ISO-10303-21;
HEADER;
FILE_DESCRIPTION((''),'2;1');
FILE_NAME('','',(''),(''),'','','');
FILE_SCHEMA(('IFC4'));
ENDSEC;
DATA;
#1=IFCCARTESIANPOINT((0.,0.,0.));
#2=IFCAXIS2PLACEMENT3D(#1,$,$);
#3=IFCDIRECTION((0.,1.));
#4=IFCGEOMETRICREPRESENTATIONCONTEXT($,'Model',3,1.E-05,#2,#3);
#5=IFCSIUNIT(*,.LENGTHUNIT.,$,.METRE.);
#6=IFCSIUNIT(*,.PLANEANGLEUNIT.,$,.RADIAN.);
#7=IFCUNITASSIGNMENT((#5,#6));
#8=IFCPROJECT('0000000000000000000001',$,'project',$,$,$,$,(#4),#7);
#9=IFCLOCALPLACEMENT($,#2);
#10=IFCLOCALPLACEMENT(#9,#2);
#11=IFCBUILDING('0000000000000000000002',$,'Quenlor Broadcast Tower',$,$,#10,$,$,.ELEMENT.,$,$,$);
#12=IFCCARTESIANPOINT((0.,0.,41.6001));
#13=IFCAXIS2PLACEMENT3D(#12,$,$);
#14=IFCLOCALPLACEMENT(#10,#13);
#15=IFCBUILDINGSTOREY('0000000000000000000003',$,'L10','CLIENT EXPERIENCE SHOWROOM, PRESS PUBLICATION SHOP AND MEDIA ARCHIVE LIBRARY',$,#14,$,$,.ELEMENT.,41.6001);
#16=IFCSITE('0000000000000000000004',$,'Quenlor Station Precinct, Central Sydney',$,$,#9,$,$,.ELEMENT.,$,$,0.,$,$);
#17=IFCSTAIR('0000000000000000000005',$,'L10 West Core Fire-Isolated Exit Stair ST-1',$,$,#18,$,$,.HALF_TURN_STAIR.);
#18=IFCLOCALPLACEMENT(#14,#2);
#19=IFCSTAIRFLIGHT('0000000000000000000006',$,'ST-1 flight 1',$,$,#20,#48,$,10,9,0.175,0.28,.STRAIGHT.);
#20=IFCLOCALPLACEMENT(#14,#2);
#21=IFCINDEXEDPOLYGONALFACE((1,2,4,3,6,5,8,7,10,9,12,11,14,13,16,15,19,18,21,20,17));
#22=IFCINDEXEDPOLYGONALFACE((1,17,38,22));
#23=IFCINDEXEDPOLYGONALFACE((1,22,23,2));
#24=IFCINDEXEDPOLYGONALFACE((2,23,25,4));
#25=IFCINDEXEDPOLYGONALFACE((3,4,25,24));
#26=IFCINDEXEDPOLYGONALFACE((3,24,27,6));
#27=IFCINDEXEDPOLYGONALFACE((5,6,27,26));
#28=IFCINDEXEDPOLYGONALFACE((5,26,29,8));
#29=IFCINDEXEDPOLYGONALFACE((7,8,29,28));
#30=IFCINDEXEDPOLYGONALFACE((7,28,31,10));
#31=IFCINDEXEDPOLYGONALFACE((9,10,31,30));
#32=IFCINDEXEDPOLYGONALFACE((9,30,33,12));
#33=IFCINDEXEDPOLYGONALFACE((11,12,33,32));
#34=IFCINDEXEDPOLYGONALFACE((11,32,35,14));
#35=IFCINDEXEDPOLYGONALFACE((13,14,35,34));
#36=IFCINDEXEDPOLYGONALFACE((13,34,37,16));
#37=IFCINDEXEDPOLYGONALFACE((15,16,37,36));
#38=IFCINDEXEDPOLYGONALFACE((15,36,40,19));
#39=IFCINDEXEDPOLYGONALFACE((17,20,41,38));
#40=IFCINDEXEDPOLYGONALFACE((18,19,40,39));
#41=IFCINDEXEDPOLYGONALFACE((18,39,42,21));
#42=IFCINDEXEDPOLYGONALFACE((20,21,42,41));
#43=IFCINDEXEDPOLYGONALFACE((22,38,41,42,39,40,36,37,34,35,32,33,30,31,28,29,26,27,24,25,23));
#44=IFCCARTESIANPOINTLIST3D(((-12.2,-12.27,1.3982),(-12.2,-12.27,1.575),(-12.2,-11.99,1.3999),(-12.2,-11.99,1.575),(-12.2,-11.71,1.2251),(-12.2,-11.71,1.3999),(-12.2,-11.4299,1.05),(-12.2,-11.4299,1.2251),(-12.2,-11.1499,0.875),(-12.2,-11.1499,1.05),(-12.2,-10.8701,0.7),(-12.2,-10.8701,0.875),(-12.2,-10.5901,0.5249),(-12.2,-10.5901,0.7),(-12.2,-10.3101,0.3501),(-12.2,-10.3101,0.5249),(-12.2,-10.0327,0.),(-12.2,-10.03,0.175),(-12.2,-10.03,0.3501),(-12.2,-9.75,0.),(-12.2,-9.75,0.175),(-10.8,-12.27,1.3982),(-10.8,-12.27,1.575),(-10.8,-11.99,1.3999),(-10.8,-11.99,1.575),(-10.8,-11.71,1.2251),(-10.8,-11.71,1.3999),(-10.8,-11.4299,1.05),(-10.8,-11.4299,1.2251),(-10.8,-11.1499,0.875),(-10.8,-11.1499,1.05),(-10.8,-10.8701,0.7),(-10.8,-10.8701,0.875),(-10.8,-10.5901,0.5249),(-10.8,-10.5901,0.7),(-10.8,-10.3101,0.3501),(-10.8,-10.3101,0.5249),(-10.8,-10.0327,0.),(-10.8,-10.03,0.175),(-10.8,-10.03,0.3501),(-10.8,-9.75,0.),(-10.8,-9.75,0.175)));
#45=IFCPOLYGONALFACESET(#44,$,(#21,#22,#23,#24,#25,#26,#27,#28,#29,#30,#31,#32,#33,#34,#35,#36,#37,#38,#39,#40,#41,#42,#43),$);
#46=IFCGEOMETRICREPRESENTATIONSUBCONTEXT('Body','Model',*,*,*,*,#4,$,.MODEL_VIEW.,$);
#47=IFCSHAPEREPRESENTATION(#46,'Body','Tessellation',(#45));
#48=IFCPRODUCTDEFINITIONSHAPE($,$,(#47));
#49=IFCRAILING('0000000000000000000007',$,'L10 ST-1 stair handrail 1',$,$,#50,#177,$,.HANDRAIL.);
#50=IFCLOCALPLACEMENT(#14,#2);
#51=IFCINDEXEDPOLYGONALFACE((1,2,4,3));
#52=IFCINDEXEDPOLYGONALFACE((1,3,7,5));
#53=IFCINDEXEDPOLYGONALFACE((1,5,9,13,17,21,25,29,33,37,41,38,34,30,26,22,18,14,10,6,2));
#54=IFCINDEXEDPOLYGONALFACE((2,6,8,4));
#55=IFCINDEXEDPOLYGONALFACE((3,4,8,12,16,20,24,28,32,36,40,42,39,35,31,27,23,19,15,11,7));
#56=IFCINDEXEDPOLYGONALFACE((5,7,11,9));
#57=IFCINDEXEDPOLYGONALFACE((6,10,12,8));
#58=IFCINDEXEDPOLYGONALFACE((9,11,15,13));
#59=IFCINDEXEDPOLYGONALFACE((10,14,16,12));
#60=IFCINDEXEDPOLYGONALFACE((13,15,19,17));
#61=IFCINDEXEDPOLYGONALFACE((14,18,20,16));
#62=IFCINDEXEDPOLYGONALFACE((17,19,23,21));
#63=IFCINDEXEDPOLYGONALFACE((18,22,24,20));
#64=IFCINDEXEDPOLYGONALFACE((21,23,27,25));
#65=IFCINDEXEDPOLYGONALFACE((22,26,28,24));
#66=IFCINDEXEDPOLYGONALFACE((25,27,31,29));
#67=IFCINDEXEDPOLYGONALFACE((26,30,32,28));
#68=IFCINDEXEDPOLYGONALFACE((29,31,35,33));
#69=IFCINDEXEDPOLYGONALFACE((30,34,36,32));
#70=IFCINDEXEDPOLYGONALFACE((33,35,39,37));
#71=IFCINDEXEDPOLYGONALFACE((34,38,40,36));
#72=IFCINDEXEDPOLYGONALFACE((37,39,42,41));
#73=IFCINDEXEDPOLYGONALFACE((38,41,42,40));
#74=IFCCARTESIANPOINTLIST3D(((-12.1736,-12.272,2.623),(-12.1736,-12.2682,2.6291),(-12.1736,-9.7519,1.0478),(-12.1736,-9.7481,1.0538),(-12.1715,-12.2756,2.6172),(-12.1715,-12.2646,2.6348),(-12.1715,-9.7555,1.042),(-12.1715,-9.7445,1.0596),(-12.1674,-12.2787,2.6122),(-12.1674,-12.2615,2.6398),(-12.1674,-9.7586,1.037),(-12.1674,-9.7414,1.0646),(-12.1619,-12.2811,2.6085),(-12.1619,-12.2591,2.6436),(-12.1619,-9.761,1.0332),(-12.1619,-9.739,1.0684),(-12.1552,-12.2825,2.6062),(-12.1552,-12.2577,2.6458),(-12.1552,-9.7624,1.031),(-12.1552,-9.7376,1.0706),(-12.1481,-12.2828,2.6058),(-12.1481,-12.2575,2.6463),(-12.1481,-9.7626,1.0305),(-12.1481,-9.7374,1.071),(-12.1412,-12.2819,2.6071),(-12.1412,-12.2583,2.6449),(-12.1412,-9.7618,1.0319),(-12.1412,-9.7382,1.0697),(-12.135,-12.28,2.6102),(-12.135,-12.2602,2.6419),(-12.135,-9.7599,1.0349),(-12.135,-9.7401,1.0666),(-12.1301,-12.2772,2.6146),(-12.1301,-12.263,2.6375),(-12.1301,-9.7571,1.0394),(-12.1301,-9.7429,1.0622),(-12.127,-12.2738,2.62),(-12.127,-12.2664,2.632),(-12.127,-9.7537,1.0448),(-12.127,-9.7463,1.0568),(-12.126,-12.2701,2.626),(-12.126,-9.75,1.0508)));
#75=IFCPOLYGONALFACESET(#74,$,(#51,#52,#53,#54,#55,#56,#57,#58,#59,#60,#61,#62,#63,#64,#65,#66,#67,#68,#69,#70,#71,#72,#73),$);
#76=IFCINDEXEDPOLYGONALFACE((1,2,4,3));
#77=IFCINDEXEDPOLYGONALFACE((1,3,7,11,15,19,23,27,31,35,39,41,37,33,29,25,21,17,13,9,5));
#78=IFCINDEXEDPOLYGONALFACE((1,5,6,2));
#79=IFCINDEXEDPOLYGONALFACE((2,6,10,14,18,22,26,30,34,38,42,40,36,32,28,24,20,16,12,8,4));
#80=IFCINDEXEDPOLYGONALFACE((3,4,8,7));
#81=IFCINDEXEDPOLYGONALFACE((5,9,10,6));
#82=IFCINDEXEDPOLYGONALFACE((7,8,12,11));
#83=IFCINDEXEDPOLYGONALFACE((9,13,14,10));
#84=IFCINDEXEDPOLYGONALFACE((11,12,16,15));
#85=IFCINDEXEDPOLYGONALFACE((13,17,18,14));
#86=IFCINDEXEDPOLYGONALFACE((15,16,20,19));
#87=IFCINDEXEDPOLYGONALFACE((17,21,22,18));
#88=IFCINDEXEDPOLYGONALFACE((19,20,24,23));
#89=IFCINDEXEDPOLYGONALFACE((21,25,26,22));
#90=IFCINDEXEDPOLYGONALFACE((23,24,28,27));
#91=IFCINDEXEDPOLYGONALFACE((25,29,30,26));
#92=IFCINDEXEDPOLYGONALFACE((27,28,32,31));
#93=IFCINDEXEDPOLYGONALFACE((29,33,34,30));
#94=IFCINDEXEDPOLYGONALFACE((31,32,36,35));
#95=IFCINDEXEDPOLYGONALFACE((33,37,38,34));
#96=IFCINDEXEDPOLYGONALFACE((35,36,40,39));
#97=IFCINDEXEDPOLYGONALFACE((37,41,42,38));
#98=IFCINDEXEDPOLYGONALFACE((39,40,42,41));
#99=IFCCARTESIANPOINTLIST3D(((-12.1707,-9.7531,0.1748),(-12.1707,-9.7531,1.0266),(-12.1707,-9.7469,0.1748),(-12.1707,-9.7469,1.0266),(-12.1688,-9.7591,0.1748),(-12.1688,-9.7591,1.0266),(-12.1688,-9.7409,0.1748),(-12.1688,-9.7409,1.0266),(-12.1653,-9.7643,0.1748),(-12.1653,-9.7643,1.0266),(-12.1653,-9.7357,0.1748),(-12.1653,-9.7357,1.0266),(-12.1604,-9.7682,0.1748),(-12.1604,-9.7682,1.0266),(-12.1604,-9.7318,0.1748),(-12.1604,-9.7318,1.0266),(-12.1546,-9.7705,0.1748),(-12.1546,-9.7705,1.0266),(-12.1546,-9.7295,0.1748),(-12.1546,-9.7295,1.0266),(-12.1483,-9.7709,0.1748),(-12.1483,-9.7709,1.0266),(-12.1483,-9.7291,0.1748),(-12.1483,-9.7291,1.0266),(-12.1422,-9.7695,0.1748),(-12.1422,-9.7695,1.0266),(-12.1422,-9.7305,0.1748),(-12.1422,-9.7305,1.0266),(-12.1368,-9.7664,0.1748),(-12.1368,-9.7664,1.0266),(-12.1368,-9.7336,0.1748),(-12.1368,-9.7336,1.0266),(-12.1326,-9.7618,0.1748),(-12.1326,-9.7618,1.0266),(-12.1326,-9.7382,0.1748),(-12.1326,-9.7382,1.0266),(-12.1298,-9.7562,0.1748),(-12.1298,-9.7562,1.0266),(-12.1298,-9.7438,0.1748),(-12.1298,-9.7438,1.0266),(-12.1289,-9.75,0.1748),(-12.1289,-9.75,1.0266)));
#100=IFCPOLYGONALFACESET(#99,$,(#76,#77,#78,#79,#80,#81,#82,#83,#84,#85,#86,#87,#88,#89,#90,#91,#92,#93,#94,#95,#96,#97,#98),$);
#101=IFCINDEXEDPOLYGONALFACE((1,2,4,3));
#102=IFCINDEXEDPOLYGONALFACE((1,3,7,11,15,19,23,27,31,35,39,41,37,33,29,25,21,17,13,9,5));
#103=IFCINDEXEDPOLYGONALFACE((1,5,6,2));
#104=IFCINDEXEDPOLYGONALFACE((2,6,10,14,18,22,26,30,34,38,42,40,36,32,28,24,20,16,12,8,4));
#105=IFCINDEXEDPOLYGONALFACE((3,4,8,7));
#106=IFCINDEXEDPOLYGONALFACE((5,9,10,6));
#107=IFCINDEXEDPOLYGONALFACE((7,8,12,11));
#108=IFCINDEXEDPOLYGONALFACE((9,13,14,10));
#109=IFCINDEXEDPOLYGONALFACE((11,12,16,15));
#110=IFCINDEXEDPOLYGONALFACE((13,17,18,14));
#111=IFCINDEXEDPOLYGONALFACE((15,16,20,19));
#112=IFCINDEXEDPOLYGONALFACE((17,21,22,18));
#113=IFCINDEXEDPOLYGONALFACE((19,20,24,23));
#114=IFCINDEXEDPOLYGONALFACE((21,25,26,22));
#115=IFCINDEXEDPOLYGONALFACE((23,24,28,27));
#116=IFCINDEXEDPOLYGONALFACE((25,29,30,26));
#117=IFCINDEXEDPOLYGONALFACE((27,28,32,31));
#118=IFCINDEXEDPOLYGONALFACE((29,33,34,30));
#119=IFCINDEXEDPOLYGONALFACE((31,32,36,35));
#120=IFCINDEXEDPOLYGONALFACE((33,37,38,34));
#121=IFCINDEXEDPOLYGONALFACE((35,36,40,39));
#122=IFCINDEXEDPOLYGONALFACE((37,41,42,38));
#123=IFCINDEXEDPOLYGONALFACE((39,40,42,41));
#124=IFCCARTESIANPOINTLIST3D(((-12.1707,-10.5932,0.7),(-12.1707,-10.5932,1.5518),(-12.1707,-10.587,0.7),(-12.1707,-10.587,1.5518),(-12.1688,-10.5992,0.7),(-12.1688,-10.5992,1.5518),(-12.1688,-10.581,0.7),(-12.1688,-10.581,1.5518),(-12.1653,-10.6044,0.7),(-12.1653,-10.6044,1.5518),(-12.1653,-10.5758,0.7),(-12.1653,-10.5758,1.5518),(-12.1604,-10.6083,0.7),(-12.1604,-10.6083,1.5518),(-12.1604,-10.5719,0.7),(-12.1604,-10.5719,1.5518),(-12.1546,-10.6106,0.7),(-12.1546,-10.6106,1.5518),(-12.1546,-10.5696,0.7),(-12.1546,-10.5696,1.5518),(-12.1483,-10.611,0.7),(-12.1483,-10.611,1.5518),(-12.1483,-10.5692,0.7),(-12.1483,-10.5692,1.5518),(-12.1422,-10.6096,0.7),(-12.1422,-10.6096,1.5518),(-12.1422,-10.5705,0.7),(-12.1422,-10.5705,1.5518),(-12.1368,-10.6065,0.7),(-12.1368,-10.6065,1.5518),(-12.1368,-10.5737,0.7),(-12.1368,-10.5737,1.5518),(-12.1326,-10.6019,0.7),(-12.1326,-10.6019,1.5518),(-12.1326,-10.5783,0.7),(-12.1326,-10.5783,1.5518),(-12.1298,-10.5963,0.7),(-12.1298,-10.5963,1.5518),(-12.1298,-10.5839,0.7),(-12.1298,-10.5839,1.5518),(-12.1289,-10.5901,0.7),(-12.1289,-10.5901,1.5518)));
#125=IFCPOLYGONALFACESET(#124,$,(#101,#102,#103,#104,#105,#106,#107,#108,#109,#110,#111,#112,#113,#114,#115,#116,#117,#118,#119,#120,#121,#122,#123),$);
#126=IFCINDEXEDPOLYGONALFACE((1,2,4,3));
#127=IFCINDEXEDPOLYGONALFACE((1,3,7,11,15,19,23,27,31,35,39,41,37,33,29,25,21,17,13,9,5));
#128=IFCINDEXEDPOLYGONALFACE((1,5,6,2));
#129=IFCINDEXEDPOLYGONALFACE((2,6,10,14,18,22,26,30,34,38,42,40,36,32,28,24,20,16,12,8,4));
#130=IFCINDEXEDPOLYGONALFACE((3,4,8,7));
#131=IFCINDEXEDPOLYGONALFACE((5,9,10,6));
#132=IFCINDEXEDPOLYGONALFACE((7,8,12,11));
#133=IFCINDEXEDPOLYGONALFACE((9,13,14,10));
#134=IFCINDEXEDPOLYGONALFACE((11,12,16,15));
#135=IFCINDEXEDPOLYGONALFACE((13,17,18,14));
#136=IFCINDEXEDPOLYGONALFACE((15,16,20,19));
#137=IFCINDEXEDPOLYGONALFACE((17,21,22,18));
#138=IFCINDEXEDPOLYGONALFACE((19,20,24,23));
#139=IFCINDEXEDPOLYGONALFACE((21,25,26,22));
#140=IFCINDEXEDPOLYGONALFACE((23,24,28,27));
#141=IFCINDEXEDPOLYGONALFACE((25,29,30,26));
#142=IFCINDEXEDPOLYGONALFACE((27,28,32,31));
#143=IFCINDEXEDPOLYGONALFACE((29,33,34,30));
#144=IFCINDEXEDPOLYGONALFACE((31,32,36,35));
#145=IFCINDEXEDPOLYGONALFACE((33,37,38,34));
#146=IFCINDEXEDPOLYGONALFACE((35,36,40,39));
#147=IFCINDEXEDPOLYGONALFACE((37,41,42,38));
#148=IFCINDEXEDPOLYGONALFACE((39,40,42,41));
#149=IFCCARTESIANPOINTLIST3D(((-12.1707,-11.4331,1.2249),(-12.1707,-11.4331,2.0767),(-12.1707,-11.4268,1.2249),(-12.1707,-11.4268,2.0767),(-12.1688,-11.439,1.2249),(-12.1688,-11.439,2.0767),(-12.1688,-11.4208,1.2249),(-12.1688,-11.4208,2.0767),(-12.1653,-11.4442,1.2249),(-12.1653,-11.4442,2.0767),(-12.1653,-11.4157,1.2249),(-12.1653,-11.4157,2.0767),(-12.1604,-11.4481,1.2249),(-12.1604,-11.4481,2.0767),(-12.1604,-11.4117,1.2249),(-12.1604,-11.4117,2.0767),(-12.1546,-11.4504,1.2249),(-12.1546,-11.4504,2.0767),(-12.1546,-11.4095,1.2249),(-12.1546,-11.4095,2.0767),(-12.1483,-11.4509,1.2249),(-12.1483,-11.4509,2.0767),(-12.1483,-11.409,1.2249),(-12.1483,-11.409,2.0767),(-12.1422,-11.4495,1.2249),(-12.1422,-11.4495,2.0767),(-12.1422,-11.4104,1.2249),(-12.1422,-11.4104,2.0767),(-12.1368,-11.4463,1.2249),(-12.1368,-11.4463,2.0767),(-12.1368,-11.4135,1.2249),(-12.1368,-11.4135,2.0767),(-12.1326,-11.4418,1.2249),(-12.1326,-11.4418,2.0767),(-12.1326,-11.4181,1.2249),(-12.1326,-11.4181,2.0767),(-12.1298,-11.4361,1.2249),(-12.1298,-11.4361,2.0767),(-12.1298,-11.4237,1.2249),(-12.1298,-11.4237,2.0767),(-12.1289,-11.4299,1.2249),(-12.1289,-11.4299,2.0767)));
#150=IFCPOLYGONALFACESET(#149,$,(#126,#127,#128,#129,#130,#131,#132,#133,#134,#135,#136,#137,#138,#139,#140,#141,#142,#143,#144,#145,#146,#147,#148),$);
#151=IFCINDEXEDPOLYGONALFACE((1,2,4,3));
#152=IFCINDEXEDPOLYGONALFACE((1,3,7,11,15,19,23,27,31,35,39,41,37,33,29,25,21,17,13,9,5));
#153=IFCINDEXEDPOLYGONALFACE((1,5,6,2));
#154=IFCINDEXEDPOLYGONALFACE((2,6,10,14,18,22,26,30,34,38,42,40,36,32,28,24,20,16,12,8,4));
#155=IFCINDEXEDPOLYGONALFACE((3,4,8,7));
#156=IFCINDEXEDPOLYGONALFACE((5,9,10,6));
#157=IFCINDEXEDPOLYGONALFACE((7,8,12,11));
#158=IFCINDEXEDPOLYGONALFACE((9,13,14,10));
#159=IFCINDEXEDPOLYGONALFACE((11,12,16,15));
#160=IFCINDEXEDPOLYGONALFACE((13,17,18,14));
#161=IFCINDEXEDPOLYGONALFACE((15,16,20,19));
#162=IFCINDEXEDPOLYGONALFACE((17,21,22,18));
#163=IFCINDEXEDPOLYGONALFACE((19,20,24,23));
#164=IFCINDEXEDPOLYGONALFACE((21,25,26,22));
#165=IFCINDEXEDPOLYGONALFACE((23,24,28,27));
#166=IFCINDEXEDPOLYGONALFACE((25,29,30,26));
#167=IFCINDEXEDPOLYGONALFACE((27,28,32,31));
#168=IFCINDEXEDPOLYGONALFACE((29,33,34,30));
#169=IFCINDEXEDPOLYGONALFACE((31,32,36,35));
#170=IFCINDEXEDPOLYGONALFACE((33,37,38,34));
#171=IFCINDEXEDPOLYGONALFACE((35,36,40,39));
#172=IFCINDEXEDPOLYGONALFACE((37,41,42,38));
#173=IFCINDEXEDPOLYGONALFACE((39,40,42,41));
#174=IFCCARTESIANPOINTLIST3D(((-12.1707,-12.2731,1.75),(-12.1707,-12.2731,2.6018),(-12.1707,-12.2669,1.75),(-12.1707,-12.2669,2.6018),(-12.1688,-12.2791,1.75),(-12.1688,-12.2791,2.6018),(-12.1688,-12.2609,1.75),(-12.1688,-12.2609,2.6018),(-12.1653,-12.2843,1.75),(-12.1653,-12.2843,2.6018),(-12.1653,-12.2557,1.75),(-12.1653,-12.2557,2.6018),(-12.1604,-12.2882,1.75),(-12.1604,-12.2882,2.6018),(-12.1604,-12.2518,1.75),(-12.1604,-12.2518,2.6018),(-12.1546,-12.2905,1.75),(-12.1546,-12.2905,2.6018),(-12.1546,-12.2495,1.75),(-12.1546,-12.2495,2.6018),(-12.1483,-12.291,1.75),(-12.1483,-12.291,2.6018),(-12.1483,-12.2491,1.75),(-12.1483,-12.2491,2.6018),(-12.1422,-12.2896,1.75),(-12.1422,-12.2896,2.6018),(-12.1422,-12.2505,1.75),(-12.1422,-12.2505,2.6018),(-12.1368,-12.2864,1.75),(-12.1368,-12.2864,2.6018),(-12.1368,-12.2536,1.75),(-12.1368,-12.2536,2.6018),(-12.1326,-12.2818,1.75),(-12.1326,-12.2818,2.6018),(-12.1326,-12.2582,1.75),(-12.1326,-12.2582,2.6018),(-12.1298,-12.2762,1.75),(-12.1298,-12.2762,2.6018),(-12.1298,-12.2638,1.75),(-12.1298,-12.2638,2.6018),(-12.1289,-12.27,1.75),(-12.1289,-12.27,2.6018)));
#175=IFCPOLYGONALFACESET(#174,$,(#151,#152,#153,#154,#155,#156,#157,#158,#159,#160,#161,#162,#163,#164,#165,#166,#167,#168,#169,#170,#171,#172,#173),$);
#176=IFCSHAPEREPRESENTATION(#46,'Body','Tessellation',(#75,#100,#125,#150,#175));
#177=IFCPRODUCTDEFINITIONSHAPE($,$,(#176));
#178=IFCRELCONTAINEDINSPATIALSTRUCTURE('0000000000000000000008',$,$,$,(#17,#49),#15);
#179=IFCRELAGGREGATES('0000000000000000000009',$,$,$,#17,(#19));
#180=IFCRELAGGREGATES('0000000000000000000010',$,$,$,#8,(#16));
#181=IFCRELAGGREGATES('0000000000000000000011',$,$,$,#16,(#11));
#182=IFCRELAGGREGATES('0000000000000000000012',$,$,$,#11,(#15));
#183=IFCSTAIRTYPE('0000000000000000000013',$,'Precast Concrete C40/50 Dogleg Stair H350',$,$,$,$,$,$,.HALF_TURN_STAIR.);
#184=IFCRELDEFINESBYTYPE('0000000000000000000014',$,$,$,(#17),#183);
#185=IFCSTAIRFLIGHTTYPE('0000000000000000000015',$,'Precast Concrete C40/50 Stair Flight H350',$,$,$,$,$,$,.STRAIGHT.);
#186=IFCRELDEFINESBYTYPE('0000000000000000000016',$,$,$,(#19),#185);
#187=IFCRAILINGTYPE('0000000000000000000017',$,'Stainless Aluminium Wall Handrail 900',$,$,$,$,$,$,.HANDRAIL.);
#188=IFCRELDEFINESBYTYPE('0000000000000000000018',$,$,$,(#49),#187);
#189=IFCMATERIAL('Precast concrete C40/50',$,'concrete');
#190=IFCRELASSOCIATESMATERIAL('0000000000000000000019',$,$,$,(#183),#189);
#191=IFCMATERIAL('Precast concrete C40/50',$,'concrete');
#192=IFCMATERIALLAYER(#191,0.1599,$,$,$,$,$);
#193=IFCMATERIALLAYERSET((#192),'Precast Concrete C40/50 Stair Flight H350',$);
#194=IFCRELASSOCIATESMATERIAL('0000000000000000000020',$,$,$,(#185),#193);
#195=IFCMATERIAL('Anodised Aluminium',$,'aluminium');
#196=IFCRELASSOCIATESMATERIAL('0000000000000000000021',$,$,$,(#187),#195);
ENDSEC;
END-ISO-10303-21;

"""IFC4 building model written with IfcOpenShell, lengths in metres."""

from ifc_helpers import new_model, si_unit, direction, frame, origin, origin_2d, place, context, subcontext, project, spatial, polyline, circle, outline, extrude, material, layer, layer_set, type_object, element, aggregate, save


model = new_model("IFC4")

# Units and contexts
model_context = context("Model", 3, precision=1e-05, world=origin(), true_north=direction((0.0, 1.0)))
body_context = subcontext(model_context, "Body", "Model", "MODEL_VIEW")
ifc_project = project(units=[si_unit("LENGTHUNIT", "METRE"), si_unit("PLANEANGLEUNIT", "RADIAN")], contexts=[model_context])

# Site, building, storey
site_placement = place(None, origin())
site = spatial("IfcSite", under=ifc_project, at=site_placement, Name="Quenlor Station Precinct, Central Sydney", CompositionType="ELEMENT", RefElevation=0.0)
building_placement = place(site_placement, origin())
building = spatial("IfcBuilding", under=site, at=building_placement, Name="Quenlor Broadcast Tower", CompositionType="ELEMENT")
storey_placement = place(building_placement, frame((0.0, 0.0, 41.6001)))
storey = spatial("IfcBuildingStorey", under=building, at=storey_placement, Name="L10", Description="CLIENT EXPERIENCE SHOWROOM, PRESS PUBLICATION SHOP AND MEDIA ARCHIVE LIBRARY", CompositionType="ELEMENT", Elevation=41.6001)

# Stair, stair flight
ifc_material_1 = material(Name="Precast concrete C40/50", Category="concrete")
stair_type = type_object("IfcStairType", Name="Precast Concrete C40/50 Dogleg Stair H350", PredefinedType="HALF_TURN_STAIR", material=ifc_material_1)
stair_placement = place(storey_placement, origin())
stair = element("IfcStair", 1, at=stair_placement, inside=storey, type_object=stair_type, Name="L10 West Core Fire-Isolated Exit Stair ST-1", PredefinedType="HALF_TURN_STAIR")
ifc_material_2 = material(Name="Precast concrete C40/50", Category="concrete")
ifc_layer_1 = layer(ifc_material_2, 0.1599)
ifc_layer_set_1 = layer_set([ifc_layer_1], Name="Precast Concrete C40/50 Stair Flight H350")
stair_flight_type = type_object("IfcStairFlightType", Name="Precast Concrete C40/50 Stair Flight H350", PredefinedType="STRAIGHT", material=ifc_layer_set_1)
stair_flight_placement = place(storey_placement, frame((-11.5, -9.75, 0.0), z_axis=(0.0, 0.0, 1.0), x_axis=(0.0, -1.0, 0.0)))
stair_flight = element("IfcStairFlight", 2, at=stair_flight_placement, type_object=stair_flight_type, Name="ST-1 flight 1", NumberOfRisers=10, NumberOfTreads=9, PredefinedType="STRAIGHT", RiserHeight=0.175, TreadLength=0.28, context=body_context, shape_type="SweptSolid", body=[
    extrude(outline(polyline([(0.0, 0.0), (0.0, 0.175), (0.28, 0.175), (0.28, 0.3501), (0.5601, 0.3501), (0.5601, 0.5249), (0.8401, 0.5249), (0.8401, 0.7), (1.1201, 0.7), (1.1201, 0.875), (1.3999, 0.875), (1.3999, 1.05), (1.6799, 1.05), (1.6799, 1.2251), (1.96, 1.2251), (1.96, 1.3999), (2.24, 1.3999), (2.24, 1.575), (2.52, 1.575), (2.52, 1.75), (2.52, 1.3982), (0.2827, 0.0), (0.0, 0.0)])), frame((0.0, 0.7, 0.0), z_axis=(0.0, -1.0, 0.0), x_axis=(1.0, 0.0, 0.0)), (0.0, 0.0, 1.0), 1.3999),
])
aggregate(stair, [stair_flight])

# Railing
ifc_material_3 = material(Name="Anodised Aluminium", Category="aluminium")
railing_type_1 = type_object("IfcRailingType", Name="Stainless Aluminium Wall Handrail 900", PredefinedType="HANDRAIL", material=ifc_material_3)
railing_1_placement = place(storey_placement, frame((-12.1499, -9.75, 0.1748)))
element("IfcRailing", 3, at=railing_1_placement, inside=storey, type_object=railing_type_1, Name="L10 ST-1 stair handrail 1", PredefinedType="HANDRAIL", context=body_context, shape_type="SweptSolid", body=[
    extrude(circle(Radius=0.0239, at=origin_2d()), frame((0.0, 0.0, 0.876), z_axis=(0.0, -0.847971, 0.530043), x_axis=(1.0, 0.0, 0.0)), (0.0, 0.0, 1.0), 2.9719),
    extrude(circle(Radius=0.021, at=origin_2d()), origin(), (0.0, 0.0, 1.0), 0.8518),
    extrude(circle(Radius=0.021, at=origin_2d()), frame((0.0, -0.8401, 0.5251)), (0.0, 0.0, 1.0), 0.8518),
    extrude(circle(Radius=0.021, at=origin_2d()), frame((0.0, -1.6799, 1.05)), (0.0, 0.0, 1.0), 0.8518),
    extrude(circle(Radius=0.021, at=origin_2d()), frame((0.0, -2.52, 1.5752)), (0.0, 0.0, 1.0), 0.8518),
])

save(model, "model.ifc")
